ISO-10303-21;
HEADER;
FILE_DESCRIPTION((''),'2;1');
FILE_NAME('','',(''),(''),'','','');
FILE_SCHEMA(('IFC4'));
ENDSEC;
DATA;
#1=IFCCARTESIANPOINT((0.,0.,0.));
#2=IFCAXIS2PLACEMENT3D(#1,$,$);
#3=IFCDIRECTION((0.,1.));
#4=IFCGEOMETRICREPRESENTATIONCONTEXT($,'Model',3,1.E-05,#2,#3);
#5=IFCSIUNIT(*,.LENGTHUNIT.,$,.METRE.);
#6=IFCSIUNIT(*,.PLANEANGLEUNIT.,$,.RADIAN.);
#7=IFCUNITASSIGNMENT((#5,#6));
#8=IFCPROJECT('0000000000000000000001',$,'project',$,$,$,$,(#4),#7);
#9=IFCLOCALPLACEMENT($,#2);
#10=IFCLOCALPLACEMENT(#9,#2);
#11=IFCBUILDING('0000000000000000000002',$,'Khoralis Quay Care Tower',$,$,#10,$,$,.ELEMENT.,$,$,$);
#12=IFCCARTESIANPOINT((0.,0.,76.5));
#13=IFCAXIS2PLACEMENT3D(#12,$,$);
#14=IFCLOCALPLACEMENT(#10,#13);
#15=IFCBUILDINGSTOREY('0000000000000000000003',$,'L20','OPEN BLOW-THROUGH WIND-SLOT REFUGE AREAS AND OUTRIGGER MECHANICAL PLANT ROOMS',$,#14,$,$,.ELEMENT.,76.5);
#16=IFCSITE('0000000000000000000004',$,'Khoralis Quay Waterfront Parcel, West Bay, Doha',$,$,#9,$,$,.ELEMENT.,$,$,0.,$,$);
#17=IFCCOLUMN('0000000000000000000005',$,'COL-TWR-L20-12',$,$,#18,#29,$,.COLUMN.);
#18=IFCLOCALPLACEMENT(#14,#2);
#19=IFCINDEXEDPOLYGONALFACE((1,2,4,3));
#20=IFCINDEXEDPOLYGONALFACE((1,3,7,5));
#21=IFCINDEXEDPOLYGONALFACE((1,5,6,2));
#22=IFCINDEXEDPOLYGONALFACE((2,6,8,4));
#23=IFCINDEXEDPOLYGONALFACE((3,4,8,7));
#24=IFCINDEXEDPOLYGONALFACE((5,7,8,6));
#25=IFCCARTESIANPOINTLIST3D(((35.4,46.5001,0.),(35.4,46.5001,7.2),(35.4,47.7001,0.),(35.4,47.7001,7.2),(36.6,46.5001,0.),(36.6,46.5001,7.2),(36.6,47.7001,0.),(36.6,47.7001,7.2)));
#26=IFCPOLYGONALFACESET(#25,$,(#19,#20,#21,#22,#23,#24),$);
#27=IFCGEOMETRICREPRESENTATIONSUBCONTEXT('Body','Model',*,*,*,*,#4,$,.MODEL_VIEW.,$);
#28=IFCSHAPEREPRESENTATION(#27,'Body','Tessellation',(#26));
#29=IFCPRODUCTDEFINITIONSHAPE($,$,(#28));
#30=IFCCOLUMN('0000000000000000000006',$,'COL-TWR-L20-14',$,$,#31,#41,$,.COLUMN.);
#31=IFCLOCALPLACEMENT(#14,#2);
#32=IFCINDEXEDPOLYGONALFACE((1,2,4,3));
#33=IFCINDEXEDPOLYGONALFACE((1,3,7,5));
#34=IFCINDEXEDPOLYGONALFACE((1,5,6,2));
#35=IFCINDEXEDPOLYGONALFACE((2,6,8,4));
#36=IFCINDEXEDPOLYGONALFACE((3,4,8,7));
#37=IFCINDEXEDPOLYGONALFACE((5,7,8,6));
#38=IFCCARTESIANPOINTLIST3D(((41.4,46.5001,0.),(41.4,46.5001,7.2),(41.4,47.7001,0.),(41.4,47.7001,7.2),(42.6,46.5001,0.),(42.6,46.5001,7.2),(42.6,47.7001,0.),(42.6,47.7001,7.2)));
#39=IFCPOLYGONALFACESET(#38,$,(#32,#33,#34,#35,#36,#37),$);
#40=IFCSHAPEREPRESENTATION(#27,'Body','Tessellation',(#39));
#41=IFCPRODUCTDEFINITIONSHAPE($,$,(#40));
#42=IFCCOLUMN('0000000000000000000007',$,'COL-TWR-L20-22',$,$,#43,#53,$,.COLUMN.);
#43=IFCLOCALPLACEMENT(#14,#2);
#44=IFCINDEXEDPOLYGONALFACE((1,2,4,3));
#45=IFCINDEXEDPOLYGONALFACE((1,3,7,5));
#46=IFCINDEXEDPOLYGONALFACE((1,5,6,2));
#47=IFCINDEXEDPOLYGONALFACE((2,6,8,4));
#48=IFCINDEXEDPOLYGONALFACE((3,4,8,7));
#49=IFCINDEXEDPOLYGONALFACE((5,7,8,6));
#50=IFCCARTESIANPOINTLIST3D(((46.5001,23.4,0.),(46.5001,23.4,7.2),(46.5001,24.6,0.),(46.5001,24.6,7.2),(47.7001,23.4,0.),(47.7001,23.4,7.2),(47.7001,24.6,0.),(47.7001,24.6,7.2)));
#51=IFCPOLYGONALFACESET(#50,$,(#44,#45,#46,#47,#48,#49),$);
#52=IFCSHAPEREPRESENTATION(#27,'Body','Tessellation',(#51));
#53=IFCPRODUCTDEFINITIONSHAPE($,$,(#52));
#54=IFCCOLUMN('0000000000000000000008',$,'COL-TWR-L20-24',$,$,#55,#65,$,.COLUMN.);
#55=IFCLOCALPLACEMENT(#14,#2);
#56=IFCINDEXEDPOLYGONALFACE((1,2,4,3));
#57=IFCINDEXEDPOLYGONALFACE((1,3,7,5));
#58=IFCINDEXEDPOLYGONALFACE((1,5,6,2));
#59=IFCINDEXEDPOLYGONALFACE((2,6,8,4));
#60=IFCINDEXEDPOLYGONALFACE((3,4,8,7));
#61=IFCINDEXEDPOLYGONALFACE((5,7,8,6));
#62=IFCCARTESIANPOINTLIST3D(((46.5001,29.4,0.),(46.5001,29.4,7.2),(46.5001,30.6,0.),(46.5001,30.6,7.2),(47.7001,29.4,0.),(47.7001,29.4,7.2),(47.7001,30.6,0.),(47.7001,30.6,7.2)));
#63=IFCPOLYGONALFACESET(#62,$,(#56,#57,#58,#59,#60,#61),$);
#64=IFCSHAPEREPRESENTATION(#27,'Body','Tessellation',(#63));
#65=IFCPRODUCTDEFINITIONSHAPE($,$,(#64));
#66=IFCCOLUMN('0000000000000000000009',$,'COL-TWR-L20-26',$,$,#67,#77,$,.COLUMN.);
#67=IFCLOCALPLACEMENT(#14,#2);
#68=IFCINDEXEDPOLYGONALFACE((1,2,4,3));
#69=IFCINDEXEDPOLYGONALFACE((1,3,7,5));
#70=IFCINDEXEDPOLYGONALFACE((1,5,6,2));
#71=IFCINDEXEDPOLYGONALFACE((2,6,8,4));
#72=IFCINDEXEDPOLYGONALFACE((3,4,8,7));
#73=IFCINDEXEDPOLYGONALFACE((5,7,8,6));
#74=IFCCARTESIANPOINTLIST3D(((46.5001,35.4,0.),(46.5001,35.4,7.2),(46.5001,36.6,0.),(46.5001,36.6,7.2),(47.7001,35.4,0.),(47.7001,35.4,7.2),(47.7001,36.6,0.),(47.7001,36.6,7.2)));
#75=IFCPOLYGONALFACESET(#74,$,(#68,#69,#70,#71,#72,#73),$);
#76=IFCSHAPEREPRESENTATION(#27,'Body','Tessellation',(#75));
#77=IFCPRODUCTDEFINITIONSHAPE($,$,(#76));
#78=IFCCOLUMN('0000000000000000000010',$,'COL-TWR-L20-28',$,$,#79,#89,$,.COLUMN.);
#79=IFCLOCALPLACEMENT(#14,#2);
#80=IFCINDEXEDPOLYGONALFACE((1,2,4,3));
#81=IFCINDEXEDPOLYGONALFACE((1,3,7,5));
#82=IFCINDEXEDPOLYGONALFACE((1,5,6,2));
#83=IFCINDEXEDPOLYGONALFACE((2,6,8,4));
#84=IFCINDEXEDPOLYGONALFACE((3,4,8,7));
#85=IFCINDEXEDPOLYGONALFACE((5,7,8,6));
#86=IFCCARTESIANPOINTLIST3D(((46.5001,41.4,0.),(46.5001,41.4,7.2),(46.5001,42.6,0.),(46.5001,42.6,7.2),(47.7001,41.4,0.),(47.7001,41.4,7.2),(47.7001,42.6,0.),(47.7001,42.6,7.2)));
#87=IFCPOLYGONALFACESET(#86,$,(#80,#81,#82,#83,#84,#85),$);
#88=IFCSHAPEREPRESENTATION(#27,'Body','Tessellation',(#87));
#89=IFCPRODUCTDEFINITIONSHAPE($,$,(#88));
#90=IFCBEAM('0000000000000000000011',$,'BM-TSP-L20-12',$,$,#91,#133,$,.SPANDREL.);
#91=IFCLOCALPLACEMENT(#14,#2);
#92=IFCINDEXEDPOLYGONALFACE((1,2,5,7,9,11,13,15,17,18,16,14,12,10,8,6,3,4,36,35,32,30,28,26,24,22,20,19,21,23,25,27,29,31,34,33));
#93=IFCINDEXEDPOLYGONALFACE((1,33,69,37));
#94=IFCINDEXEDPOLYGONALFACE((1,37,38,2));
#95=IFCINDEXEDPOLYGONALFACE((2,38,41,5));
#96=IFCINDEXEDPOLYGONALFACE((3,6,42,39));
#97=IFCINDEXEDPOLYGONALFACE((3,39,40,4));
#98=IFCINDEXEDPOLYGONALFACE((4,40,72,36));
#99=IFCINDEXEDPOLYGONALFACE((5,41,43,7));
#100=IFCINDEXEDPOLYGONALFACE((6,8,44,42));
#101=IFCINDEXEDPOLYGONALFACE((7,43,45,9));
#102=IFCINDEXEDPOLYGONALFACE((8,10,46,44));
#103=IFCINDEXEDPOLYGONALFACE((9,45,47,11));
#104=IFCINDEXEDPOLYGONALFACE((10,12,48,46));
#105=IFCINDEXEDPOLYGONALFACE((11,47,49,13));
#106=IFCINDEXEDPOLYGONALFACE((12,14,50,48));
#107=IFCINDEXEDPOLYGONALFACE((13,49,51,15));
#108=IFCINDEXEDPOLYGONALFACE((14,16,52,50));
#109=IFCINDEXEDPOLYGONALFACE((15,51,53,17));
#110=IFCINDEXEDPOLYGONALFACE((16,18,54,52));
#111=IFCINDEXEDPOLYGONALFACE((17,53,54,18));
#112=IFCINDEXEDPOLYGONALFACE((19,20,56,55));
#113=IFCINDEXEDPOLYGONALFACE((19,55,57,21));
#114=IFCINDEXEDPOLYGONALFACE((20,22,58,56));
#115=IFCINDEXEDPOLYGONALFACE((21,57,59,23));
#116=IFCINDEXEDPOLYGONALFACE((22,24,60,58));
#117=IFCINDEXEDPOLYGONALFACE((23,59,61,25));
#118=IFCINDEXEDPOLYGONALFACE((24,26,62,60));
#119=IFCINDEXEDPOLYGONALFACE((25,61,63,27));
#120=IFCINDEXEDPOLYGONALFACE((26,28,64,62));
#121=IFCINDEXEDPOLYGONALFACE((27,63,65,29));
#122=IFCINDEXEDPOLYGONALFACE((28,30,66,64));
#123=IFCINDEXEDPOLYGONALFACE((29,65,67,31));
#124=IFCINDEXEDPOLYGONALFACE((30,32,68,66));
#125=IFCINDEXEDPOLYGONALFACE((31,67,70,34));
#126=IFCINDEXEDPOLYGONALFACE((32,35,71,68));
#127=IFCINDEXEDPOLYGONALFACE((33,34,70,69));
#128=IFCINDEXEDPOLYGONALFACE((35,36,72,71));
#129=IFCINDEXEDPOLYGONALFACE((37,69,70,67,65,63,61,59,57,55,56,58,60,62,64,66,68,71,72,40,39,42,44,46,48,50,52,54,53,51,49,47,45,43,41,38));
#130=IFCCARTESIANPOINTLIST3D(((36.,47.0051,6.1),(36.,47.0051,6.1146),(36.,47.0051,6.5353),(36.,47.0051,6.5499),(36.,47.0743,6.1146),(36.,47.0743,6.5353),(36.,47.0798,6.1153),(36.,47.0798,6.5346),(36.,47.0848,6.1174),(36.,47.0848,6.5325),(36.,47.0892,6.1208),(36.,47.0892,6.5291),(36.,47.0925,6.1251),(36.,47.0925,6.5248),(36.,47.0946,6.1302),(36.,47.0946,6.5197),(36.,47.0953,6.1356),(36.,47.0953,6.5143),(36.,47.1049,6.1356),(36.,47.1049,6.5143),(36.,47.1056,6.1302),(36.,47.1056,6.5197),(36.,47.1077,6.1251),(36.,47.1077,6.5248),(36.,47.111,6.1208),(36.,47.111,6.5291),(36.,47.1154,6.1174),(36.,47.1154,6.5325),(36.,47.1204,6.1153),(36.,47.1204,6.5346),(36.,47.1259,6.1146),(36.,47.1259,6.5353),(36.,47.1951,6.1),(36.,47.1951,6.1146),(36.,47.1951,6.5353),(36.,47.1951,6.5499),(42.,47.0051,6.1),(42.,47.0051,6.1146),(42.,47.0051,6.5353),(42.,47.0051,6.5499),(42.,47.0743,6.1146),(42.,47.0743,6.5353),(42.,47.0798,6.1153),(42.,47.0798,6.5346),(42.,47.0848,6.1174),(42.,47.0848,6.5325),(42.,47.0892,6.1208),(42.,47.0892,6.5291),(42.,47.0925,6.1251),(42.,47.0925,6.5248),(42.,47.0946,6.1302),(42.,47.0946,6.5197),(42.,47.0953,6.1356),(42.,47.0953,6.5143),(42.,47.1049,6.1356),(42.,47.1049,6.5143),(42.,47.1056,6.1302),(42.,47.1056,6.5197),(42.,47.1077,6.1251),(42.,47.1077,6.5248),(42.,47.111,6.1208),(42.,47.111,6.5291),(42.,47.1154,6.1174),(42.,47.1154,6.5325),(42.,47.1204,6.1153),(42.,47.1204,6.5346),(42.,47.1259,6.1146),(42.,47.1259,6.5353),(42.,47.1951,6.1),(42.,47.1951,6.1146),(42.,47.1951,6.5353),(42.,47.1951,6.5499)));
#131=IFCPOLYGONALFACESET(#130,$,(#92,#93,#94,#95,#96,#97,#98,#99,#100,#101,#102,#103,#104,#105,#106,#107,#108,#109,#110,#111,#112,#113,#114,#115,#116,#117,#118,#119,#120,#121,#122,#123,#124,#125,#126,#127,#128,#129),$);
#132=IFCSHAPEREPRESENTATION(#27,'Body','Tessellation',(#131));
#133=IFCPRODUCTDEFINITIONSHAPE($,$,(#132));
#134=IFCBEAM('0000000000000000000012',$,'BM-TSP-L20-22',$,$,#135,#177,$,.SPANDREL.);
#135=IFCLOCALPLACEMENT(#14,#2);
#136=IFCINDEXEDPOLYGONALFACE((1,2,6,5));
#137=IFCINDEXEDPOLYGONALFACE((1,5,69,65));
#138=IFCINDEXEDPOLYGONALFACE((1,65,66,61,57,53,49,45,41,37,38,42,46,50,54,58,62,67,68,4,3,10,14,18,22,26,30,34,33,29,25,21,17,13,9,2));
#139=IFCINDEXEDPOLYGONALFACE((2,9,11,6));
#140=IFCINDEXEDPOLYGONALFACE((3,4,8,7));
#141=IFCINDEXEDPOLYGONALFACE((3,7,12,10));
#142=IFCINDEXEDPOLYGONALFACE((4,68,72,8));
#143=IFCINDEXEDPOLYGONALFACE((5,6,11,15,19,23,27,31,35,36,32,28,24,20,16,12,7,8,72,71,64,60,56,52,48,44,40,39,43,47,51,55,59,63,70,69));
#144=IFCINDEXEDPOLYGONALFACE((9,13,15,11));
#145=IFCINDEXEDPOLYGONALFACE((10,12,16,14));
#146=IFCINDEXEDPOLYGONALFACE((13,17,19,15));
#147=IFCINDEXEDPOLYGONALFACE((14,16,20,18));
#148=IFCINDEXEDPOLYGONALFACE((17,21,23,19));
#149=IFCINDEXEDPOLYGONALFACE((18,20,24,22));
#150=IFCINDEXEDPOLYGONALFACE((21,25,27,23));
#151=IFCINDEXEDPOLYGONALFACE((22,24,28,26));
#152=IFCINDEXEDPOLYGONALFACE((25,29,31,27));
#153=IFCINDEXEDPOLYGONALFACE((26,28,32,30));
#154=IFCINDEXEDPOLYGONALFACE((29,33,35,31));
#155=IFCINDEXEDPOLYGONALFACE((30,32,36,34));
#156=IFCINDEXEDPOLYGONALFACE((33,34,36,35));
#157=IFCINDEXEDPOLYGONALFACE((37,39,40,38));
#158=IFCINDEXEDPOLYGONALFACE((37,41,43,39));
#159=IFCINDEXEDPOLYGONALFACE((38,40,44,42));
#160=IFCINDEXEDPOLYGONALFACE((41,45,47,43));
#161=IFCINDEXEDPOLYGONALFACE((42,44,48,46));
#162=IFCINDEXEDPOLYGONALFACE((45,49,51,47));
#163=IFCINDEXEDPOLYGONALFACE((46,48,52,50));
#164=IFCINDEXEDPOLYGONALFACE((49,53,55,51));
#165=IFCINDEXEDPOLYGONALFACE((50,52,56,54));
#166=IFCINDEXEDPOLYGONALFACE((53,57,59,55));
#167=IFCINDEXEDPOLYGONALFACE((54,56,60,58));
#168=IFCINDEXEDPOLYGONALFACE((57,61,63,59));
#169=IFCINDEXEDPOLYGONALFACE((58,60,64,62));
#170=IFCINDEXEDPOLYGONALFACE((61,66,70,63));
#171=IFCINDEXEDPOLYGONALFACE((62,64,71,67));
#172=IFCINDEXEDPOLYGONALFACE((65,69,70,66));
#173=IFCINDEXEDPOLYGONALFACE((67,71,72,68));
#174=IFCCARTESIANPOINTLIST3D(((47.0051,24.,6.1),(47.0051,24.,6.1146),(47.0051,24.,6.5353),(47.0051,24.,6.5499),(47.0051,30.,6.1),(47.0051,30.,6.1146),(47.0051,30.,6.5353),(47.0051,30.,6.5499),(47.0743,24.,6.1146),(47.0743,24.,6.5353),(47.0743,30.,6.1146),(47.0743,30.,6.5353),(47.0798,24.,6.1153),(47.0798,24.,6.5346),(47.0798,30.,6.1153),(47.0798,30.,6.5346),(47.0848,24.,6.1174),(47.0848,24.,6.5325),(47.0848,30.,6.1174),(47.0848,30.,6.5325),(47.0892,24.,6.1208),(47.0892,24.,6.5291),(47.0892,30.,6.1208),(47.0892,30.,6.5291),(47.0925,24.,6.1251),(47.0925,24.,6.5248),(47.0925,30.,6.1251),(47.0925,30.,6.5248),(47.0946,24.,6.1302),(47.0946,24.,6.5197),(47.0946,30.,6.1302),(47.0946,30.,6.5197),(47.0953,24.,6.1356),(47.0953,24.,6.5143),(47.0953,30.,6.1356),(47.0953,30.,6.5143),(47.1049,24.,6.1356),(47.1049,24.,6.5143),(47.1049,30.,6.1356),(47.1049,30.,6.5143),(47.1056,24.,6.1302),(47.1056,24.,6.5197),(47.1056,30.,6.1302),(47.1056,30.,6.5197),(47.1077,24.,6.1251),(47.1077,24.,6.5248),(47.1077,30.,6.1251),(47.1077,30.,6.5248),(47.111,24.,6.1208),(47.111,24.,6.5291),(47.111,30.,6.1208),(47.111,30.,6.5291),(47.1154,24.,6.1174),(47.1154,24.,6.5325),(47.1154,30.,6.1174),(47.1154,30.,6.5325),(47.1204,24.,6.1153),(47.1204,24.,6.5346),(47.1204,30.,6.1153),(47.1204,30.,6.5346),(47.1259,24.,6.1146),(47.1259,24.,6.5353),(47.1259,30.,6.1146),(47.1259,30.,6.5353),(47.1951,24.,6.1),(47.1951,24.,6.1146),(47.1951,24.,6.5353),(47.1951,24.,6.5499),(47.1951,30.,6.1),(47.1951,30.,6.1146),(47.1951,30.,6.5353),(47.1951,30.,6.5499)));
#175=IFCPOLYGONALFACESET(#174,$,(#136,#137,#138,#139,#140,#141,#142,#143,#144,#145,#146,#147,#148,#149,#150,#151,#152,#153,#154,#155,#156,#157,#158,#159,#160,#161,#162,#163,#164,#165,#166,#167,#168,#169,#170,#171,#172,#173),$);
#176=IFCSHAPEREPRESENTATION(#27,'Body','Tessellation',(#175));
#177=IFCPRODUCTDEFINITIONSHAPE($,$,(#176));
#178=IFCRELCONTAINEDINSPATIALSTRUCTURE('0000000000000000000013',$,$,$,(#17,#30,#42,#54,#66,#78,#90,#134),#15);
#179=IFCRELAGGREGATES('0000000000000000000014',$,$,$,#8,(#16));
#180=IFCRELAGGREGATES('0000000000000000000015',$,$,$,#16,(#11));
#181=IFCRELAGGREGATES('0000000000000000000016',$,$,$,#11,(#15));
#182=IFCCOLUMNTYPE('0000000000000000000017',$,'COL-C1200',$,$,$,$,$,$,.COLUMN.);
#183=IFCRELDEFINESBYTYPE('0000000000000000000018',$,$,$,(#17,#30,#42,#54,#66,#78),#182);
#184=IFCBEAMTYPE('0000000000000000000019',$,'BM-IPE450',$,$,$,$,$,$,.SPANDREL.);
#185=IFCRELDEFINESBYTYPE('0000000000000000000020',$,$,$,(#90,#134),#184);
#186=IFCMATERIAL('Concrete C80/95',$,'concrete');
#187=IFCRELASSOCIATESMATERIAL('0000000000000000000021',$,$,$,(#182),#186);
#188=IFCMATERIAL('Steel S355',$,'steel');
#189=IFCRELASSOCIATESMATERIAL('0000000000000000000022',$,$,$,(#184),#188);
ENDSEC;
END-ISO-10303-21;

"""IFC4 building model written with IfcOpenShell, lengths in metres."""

from ifc_helpers import new_model, si_unit, direction, frame, origin, origin_2d, place, context, subcontext, project, spatial, rectangle, i_section, extrude, source, transform, mapped, material, material_profile, profile_set, type_object, element, save


model = new_model("IFC4")

# Units and contexts
model_context = context("Model", 3, precision=1e-05, world=origin(), true_north=direction((0.0, 1.0)))
body_context = subcontext(model_context, "Body", "Model", "MODEL_VIEW")
ifc_project = project(units=[si_unit("LENGTHUNIT", "METRE"), si_unit("PLANEANGLEUNIT", "RADIAN")], contexts=[model_context])

# Site, building, storey
site_placement = place(None, origin())
site = spatial("IfcSite", under=ifc_project, at=site_placement, Name="Khoralis Quay Waterfront Parcel, West Bay, Doha", CompositionType="ELEMENT", RefElevation=0.0)
building_placement = place(site_placement, origin())
building = spatial("IfcBuilding", under=site, at=building_placement, Name="Khoralis Quay Care Tower", CompositionType="ELEMENT")
storey_placement = place(building_placement, frame((0.0, 0.0, 76.5)))
storey = spatial("IfcBuildingStorey", under=building, at=storey_placement, Name="L20", Description="OPEN BLOW-THROUGH WIND-SLOT REFUGE AREAS AND OUTRIGGER MECHANICAL PLANT ROOMS", CompositionType="ELEMENT", Elevation=76.5)

# Columns
ifc_material_1 = material(Name="Concrete C80/95", Category="concrete")
ifc_material_profile_1 = material_profile(ifc_material_1, rectangle(XDim=1.2, YDim=1.2, at=origin_2d()), Name="Concrete C80/95")
ifc_profile_set_1 = profile_set([ifc_material_profile_1], Name="Concrete C80/95")
column_type = type_object("IfcColumnType", Name="COL-C1200", PredefinedType="COLUMN", material=ifc_profile_set_1)
shared_shape_1 = source(origin(), body_context, "Body", "SweptSolid", [
    extrude(rectangle(XDim=1.2, YDim=1.2, at=origin_2d()), origin(), (0.0, 0.0, 1.0), 7.2),
])
for number, where, z_axis, x_axis, name in (
    (1, (36.0, 47.1001, 0.0), (0.0, 0.0, 1.0), (1.0, 0.0, 0.0), "COL-TWR-L20-12"),
    (2, (42.0, 47.1001, 0.0), (0.0, 0.0, 1.0), (1.0, 0.0, 0.0), "COL-TWR-L20-14"),
    (3, (47.1001, 24.0, 0.0), (0.0, 0.0, 1.0), (1.0, 0.0, 0.0), "COL-TWR-L20-22"),
    (4, (47.1001, 30.0, 0.0), (0.0, 0.0, 1.0), (1.0, 0.0, 0.0), "COL-TWR-L20-24"),
    (5, (47.1001, 36.0, 0.0), (0.0, 0.0, 1.0), (1.0, 0.0, 0.0), "COL-TWR-L20-26"),
    (6, (47.1001, 42.0, 0.0), (0.0, 0.0, 1.0), (1.0, 0.0, 0.0), "COL-TWR-L20-28"),
):
    element("IfcColumn", number, at=place(storey_placement, frame(where, z_axis=z_axis, x_axis=x_axis)), inside=storey, type_object=column_type, Name=name, PredefinedType="COLUMN", context=body_context, shape_type="MappedRepresentation", body=[
        mapped(shared_shape_1, transform((0.0, 0.0, 0.0), scale=1.0)),
    ])

# Beams
ifc_material_2 = material(Name="Steel S355", Category="steel")
ifc_material_profile_2 = material_profile(ifc_material_2, i_section(OverallWidth=0.1899, OverallDepth=0.45, WebThickness=0.0095, FlangeThickness=0.0146, FilletRadius=0.021, at=origin_2d()), Name="Steel S355")
ifc_profile_set_2 = profile_set([ifc_material_profile_2], Name="Steel S355")
beam_type_1 = type_object("IfcBeamType", Name="BM-IPE450", PredefinedType="SPANDREL", material=ifc_profile_set_2)
shared_shape_2 = source(origin(), body_context, "Body", "SweptSolid", [
    extrude(i_section(OverallWidth=0.1899, OverallDepth=0.45, WebThickness=0.0095, FlangeThickness=0.0146, FilletRadius=0.021, at=origin_2d()), origin(), (0.0, 0.0, 1.0), 6.0),
])
for number, where, z_axis, x_axis, name in (
    (7, (36.0, 47.1001, 6.325), (1.0, 0.0, 0.0), (0.0, 1.0, 0.0), "BM-TSP-L20-12"),
    (8, (47.1001, 24.0, 6.325), (0.0, 1.0, 0.0), (-1.0, 0.0, 0.0), "BM-TSP-L20-22"),
):
    element("IfcBeam", number, at=place(storey_placement, frame(where, z_axis=z_axis, x_axis=x_axis)), inside=storey, type_object=beam_type_1, Name=name, PredefinedType="SPANDREL", context=body_context, shape_type="MappedRepresentation", body=[
        mapped(shared_shape_2, transform((0.0, 0.0, 0.0), scale=1.0)),
    ])

save(model, "model.ifc")
